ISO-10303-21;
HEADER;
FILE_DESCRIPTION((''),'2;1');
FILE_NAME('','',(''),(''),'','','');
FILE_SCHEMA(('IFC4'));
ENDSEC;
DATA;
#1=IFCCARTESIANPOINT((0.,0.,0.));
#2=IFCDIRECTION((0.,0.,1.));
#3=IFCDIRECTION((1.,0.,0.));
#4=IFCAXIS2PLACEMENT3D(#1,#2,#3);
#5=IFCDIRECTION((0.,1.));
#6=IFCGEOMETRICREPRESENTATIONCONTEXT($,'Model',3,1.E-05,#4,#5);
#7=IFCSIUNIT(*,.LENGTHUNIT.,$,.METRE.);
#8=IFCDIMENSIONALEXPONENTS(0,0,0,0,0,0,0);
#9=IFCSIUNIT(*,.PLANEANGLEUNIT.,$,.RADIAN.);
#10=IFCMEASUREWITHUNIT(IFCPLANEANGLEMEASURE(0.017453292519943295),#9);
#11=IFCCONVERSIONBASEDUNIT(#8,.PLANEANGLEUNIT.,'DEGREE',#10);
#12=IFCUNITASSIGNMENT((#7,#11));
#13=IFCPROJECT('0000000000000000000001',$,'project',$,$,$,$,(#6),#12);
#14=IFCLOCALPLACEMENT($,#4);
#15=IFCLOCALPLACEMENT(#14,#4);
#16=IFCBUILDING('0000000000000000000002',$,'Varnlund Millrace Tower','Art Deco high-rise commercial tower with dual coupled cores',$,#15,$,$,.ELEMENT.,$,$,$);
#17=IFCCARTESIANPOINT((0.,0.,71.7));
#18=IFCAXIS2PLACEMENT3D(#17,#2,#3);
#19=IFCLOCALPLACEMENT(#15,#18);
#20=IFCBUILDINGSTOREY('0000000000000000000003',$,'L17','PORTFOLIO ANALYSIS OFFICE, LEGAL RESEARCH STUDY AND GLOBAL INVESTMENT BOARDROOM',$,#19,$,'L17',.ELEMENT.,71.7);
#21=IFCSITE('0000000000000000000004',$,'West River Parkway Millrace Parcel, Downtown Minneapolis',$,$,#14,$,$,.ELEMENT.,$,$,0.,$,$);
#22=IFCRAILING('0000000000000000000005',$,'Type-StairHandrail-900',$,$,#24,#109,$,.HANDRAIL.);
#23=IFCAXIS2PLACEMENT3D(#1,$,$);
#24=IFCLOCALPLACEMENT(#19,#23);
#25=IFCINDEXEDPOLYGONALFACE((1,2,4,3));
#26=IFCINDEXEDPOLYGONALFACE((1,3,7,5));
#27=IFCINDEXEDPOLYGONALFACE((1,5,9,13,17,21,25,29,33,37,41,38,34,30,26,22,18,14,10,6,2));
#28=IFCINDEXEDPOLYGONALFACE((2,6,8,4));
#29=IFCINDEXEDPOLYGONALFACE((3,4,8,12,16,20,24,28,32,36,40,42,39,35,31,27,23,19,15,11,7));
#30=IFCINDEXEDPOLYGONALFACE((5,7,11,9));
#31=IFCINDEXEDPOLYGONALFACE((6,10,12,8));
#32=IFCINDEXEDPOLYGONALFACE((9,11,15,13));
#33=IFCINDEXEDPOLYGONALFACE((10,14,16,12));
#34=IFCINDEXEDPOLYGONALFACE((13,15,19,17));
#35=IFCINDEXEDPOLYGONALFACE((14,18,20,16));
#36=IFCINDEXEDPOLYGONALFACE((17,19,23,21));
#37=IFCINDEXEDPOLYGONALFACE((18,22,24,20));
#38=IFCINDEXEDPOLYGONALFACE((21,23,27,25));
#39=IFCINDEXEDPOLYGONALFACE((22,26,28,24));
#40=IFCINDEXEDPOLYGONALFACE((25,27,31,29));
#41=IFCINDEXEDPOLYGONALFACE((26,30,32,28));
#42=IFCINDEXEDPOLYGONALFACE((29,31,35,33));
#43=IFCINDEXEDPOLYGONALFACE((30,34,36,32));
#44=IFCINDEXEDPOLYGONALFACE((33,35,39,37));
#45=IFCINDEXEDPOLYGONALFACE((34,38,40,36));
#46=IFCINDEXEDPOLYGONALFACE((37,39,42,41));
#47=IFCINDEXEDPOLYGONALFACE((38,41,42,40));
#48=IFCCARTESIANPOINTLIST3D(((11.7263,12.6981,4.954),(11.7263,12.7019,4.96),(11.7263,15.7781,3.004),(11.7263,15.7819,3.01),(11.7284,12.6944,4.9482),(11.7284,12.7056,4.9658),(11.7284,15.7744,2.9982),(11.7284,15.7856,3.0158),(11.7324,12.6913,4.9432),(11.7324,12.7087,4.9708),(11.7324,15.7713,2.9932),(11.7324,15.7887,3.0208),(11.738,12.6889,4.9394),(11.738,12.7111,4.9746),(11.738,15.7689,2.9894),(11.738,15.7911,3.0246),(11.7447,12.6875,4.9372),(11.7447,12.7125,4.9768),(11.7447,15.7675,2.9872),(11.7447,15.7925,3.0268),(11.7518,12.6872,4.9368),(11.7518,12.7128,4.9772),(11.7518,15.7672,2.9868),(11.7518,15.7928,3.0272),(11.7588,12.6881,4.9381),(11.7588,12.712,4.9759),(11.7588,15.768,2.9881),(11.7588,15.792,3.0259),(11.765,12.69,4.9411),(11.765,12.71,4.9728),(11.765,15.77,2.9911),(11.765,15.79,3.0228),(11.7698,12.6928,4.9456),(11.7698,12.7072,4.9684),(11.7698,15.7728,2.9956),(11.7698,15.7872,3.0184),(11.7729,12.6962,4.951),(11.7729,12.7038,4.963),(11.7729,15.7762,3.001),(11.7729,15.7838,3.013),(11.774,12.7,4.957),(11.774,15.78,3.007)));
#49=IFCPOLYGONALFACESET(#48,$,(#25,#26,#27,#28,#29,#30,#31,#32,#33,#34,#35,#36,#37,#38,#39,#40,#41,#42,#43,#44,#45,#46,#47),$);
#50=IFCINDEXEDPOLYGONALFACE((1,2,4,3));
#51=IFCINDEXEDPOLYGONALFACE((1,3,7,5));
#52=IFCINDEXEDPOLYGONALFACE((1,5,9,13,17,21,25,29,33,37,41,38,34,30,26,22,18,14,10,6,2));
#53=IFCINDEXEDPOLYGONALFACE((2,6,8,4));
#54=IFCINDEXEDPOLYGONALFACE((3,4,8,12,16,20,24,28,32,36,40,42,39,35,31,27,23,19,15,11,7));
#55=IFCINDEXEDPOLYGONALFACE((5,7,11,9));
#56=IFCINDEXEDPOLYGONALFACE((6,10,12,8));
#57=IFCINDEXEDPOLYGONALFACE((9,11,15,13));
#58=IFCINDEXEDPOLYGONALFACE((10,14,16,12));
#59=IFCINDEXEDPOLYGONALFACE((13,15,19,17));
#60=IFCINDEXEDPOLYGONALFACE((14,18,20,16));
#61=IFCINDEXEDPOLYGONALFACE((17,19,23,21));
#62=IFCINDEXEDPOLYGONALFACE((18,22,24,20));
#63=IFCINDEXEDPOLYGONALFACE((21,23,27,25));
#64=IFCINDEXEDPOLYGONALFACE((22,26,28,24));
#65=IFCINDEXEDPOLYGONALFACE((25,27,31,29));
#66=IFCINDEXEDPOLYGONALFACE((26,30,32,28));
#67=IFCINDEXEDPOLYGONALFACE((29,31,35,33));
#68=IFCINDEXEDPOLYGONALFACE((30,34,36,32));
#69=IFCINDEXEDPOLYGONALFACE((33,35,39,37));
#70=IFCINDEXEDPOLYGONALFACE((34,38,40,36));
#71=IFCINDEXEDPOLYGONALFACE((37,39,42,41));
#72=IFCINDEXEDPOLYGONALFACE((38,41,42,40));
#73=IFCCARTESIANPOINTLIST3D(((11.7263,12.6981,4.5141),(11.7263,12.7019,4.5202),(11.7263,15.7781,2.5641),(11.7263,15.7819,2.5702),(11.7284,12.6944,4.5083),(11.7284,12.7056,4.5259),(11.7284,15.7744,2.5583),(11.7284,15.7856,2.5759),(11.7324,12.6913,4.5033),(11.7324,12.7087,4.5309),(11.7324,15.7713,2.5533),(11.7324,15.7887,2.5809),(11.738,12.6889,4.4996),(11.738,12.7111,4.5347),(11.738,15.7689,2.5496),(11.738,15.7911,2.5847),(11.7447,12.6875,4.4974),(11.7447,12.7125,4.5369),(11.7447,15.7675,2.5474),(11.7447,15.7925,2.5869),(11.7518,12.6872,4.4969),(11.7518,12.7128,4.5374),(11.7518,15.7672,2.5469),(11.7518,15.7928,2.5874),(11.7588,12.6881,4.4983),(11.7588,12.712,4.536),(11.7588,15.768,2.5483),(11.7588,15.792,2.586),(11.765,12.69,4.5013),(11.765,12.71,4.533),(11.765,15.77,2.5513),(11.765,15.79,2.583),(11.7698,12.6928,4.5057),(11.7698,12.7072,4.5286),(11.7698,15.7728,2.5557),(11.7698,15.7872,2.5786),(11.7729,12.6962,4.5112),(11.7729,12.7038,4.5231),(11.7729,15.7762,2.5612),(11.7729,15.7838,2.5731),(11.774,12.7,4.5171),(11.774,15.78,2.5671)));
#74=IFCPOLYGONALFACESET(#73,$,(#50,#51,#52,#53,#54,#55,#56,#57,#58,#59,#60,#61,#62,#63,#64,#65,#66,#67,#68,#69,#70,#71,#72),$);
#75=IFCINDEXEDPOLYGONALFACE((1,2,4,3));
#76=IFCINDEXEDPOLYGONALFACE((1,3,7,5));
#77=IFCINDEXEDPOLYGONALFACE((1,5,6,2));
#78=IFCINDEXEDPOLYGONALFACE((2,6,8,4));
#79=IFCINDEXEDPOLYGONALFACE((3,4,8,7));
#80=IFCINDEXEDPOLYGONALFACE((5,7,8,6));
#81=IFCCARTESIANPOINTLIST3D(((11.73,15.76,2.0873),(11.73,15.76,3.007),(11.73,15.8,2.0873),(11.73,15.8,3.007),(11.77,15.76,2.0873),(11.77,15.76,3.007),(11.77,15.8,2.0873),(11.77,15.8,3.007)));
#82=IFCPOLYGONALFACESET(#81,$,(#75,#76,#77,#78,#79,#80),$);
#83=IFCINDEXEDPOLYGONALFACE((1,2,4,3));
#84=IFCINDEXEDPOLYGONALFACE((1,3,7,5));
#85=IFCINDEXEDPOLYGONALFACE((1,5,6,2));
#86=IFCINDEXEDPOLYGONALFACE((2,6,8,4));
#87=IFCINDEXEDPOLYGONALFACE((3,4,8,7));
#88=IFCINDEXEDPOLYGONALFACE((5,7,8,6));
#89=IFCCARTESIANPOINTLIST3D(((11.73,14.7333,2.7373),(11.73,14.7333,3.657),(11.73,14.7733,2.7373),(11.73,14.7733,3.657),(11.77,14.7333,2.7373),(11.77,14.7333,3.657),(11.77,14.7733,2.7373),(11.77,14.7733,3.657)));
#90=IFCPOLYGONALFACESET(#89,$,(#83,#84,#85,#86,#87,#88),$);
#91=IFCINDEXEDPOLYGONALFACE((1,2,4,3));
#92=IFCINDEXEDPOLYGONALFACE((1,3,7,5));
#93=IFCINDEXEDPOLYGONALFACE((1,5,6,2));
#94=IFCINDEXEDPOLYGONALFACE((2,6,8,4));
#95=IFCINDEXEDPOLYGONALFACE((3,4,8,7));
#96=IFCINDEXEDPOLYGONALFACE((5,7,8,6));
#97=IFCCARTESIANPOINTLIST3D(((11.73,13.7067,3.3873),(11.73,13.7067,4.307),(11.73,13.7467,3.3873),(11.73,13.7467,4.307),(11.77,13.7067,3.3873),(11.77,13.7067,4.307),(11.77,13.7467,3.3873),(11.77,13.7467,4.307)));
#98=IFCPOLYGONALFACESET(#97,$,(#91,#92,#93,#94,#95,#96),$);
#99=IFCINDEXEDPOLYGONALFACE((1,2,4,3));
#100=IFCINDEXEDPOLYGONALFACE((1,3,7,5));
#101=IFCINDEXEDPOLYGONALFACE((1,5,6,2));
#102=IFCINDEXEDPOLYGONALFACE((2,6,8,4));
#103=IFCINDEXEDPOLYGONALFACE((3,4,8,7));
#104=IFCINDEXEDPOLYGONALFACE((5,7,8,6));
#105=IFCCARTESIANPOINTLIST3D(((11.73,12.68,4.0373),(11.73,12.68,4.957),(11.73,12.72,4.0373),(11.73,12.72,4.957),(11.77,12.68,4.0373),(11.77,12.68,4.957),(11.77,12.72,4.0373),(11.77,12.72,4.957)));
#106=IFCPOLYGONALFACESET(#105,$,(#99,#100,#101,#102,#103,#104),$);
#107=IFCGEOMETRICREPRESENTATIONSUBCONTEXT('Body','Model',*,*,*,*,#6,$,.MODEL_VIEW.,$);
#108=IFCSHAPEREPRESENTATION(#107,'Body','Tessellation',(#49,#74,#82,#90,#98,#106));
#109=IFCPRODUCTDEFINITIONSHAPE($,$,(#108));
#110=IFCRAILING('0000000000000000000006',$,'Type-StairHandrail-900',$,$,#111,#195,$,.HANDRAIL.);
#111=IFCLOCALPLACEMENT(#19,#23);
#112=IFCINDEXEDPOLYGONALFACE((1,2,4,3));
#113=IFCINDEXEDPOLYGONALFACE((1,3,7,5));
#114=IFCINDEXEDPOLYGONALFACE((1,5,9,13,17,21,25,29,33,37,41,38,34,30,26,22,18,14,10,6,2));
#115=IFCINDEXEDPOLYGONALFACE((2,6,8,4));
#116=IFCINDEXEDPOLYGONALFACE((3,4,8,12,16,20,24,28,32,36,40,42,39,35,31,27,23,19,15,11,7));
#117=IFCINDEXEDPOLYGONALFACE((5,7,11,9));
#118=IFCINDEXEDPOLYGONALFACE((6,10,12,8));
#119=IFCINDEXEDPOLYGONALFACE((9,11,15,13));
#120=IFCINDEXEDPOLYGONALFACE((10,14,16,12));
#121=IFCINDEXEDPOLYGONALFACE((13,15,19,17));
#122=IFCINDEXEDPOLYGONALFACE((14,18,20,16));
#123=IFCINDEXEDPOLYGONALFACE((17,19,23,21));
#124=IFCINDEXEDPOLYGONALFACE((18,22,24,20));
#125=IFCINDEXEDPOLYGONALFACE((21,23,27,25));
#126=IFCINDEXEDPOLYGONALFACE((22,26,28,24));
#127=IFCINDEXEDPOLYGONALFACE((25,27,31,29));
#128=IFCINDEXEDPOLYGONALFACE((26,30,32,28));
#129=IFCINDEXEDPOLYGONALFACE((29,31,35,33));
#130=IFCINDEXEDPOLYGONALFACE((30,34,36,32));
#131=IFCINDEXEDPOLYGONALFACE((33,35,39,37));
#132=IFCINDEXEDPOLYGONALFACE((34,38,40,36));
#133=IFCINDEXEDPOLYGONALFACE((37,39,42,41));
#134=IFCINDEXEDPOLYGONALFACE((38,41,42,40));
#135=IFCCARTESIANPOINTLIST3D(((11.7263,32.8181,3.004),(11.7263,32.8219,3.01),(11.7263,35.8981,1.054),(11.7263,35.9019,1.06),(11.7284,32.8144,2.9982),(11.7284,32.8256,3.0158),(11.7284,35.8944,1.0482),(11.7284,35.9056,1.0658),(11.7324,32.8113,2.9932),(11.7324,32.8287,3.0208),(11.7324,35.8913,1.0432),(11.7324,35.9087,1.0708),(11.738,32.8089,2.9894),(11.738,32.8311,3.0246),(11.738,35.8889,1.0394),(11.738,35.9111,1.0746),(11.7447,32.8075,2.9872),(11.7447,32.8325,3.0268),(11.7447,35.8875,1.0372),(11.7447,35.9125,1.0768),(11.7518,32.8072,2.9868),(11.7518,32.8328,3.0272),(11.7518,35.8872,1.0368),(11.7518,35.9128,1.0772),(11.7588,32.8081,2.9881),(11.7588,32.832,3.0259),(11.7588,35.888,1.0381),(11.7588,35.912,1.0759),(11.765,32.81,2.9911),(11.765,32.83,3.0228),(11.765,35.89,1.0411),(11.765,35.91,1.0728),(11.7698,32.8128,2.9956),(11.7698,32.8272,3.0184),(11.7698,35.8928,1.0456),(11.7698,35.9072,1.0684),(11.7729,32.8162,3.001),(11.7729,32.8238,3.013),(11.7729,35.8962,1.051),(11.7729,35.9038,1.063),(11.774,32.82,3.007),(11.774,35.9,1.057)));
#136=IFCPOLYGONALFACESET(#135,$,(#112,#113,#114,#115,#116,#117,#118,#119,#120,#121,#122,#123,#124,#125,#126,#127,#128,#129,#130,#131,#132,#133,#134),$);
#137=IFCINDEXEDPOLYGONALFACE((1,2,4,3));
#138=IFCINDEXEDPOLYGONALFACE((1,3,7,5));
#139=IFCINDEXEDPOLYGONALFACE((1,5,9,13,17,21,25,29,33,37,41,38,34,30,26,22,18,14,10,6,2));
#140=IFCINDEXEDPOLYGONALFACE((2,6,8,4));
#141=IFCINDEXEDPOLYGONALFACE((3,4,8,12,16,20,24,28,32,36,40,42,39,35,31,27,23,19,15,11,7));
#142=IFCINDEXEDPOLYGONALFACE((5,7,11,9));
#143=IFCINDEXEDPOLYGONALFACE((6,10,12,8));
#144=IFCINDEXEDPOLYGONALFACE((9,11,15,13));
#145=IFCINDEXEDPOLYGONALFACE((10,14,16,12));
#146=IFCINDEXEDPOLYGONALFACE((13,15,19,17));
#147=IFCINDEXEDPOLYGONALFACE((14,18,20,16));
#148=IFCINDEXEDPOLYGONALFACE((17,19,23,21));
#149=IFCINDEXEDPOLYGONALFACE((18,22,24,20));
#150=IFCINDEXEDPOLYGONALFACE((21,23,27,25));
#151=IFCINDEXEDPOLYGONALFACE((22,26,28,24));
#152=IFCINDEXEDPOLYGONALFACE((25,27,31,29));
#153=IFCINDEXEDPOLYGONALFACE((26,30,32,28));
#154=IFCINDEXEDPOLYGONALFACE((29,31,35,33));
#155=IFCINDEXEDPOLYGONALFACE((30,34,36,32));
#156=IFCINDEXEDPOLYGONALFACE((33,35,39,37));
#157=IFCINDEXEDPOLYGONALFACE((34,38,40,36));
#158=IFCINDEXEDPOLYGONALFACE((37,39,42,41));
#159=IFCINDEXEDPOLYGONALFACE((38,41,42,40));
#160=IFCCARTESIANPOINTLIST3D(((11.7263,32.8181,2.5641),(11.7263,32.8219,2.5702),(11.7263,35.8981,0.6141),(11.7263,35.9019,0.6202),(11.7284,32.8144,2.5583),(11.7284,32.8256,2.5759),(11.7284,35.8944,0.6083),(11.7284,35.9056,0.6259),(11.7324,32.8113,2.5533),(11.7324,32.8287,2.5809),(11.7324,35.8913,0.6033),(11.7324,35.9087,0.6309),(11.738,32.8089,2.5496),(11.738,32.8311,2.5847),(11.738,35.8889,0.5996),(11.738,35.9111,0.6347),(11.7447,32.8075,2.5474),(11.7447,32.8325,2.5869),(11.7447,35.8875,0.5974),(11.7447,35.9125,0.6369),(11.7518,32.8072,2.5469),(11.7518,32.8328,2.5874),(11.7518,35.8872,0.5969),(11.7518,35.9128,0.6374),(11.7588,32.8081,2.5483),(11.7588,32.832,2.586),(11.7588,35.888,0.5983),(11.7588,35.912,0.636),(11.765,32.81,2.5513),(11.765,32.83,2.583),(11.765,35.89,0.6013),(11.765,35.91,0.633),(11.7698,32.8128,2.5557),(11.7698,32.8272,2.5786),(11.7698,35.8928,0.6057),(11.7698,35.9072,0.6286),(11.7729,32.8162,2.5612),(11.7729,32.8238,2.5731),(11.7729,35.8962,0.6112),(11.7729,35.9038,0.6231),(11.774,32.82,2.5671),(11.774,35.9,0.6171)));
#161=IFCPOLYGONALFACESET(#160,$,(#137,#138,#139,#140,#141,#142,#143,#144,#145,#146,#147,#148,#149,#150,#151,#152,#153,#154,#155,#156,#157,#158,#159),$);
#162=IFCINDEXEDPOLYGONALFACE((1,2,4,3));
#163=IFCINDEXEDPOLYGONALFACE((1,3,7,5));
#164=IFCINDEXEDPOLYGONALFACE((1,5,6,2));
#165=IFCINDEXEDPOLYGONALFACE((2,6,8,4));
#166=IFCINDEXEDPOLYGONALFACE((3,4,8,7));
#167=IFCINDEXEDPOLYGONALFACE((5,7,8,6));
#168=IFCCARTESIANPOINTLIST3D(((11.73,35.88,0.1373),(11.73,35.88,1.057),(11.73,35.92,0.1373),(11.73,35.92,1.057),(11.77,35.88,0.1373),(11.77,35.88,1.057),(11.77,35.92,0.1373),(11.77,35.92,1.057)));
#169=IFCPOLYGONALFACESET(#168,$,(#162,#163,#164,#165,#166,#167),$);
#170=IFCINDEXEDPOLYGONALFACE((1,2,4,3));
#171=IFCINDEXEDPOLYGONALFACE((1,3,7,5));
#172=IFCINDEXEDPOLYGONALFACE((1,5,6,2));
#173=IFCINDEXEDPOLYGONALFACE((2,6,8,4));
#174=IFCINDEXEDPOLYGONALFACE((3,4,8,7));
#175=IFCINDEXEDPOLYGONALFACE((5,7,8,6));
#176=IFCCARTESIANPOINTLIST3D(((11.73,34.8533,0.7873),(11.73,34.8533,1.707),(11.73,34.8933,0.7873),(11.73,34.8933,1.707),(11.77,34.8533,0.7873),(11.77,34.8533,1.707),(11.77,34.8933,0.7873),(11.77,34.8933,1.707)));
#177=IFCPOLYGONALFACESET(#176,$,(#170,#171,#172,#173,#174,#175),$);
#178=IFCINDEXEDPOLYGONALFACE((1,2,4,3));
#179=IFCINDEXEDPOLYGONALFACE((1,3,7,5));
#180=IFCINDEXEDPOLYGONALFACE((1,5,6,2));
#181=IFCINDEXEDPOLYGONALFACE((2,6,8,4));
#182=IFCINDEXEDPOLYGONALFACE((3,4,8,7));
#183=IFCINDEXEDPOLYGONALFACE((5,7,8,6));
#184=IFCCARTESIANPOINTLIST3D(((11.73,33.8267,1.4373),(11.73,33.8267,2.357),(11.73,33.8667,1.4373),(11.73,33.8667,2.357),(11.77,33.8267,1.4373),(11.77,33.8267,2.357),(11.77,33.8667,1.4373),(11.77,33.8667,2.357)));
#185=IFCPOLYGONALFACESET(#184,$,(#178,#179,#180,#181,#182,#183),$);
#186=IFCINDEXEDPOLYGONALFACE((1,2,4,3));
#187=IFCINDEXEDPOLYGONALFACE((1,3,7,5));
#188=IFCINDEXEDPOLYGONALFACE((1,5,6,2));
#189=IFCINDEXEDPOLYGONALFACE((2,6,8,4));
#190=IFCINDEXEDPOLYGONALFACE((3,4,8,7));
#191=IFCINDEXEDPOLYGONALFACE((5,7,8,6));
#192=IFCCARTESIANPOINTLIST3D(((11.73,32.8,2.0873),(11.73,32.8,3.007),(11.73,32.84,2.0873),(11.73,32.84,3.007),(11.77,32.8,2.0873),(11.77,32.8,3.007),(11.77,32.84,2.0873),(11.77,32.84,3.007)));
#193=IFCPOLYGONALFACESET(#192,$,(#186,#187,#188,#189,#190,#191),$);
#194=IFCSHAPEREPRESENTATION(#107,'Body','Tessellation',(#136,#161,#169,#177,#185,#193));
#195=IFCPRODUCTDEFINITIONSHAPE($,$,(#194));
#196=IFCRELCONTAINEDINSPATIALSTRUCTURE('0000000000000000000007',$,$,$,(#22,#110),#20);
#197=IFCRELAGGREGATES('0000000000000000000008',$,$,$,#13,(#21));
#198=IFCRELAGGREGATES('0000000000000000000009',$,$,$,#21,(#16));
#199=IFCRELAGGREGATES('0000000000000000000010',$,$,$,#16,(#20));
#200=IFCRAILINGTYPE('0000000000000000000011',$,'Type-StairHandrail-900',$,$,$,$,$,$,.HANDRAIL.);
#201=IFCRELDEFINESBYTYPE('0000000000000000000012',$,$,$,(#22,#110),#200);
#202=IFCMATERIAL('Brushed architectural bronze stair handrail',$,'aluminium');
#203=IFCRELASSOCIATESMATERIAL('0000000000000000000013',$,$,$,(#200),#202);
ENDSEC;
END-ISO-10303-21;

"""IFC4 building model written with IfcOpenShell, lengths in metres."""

from ifc_helpers import new_model, entity, si_unit, converted_unit, direction, frame, origin_with_axes, origin_2d_with_axis, place, context, subcontext, project, spatial, rectangle, circle, extrude, material, type_object, element, save


model = new_model("IFC4")

# Units and contexts
model_context = context("Model", 3, precision=1e-05, world=origin_with_axes(), true_north=direction((0.0, 1.0)))
body_context = subcontext(model_context, "Body", "Model", "MODEL_VIEW")
ifc_project = project(units=[si_unit("LENGTHUNIT", "METRE"), converted_unit("PLANEANGLEUNIT", "DEGREE", entity("IfcPlaneAngleMeasure", 0.017453292519943295), si_unit("PLANEANGLEUNIT", "RADIAN"), dimensions=[0, 0, 0, 0, 0, 0, 0])], contexts=[model_context])

# Site, building, storey
site_placement = place(None, origin_with_axes())
site = spatial("IfcSite", under=ifc_project, at=site_placement, Name="West River Parkway Millrace Parcel, Downtown Minneapolis", CompositionType="ELEMENT", RefElevation=0.0)
building_placement = place(site_placement, origin_with_axes())
building = spatial("IfcBuilding", under=site, at=building_placement, Name="Varnlund Millrace Tower", Description="Art Deco high-rise commercial tower with dual coupled cores", CompositionType="ELEMENT")
storey_placement = place(building_placement, frame((0.0, 0.0, 71.7), z_axis=(0.0, 0.0, 1.0), x_axis=(1.0, 0.0, 0.0)))
storey = spatial("IfcBuildingStorey", under=building, at=storey_placement, Name="L17", Description="PORTFOLIO ANALYSIS OFFICE, LEGAL RESEARCH STUDY AND GLOBAL INVESTMENT BOARDROOM", LongName="L17", CompositionType="ELEMENT", Elevation=71.7)

# Railings
ifc_material_1 = material(Name="Brushed architectural bronze stair handrail", Category="aluminium")
railing_type_1 = type_object("IfcRailingType", Name="Type-StairHandrail-900", PredefinedType="HANDRAIL", material=ifc_material_1)
railing_1_placement = place(storey_placement, frame((0.0, 0.0, -71.7), z_axis=(0.0, 0.0, 1.0), x_axis=(1.0, 0.0, 0.0)))
element("IfcRailing", 1, at=railing_1_placement, inside=storey, type_object=railing_type_1, Name="Type-StairHandrail-900", PredefinedType="HANDRAIL", context=body_context, shape_type="SweptSolid", body=[
    extrude(circle(Radius=0.024, at=origin_2d_with_axis()), frame((11.75, 15.78, 74.707), z_axis=(0.0, -0.844902, 0.534922), x_axis=(1.0, 0.0, 0.0)), (0.0, 0.0, 1.0), 3.6454),
    extrude(circle(Radius=0.024, at=origin_2d_with_axis()), frame((11.75, 15.78, 74.2671), z_axis=(0.0, -0.844902, 0.534922), x_axis=(1.0, 0.0, 0.0)), (0.0, 0.0, 1.0), 3.6454),
    extrude(rectangle(XDim=0.04, YDim=0.04, at=origin_2d_with_axis()), frame((11.75, 15.78, 73.7873), z_axis=(0.0, 0.0, 1.0), x_axis=(1.0, 0.0, 0.0)), (0.0, 0.0, 1.0), 0.9197),
    extrude(rectangle(XDim=0.04, YDim=0.04, at=origin_2d_with_axis()), frame((11.75, 14.7533, 74.4373), z_axis=(0.0, 0.0, 1.0), x_axis=(1.0, 0.0, 0.0)), (0.0, 0.0, 1.0), 0.9197),
    extrude(rectangle(XDim=0.04, YDim=0.04, at=origin_2d_with_axis()), frame((11.75, 13.7267, 75.0873), z_axis=(0.0, 0.0, 1.0), x_axis=(1.0, 0.0, 0.0)), (0.0, 0.0, 1.0), 0.9197),
    extrude(rectangle(XDim=0.04, YDim=0.04, at=origin_2d_with_axis()), frame((11.75, 12.7, 75.7373), z_axis=(0.0, 0.0, 1.0), x_axis=(1.0, 0.0, 0.0)), (0.0, 0.0, 1.0), 0.9197),
])
railing_2_placement = place(storey_placement, frame((0.0, 0.0, -71.7), z_axis=(0.0, 0.0, 1.0), x_axis=(1.0, 0.0, 0.0)))
element("IfcRailing", 2, at=railing_2_placement, inside=storey, type_object=railing_type_1, Name="Type-StairHandrail-900", PredefinedType="HANDRAIL", context=body_context, shape_type="SweptSolid", body=[
    extrude(circle(Radius=0.024, at=origin_2d_with_axis()), frame((11.75, 35.9, 72.757), z_axis=(0.0, -0.844902, 0.534922), x_axis=(1.0, 0.0, 0.0)), (0.0, 0.0, 1.0), 3.6454),
    extrude(circle(Radius=0.024, at=origin_2d_with_axis()), frame((11.75, 35.9, 72.3171), z_axis=(0.0, -0.844902, 0.534922), x_axis=(1.0, 0.0, 0.0)), (0.0, 0.0, 1.0), 3.6454),
    extrude(rectangle(XDim=0.04, YDim=0.04, at=origin_2d_with_axis()), frame((11.75, 35.9, 71.8373), z_axis=(0.0, 0.0, 1.0), x_axis=(1.0, 0.0, 0.0)), (0.0, 0.0, 1.0), 0.9197),
    extrude(rectangle(XDim=0.04, YDim=0.04, at=origin_2d_with_axis()), frame((11.75, 34.8733, 72.4873), z_axis=(0.0, 0.0, 1.0), x_axis=(1.0, 0.0, 0.0)), (0.0, 0.0, 1.0), 0.9197),
    extrude(rectangle(XDim=0.04, YDim=0.04, at=origin_2d_with_axis()), frame((11.75, 33.8467, 73.1373), z_axis=(0.0, 0.0, 1.0), x_axis=(1.0, 0.0, 0.0)), (0.0, 0.0, 1.0), 0.9197),
    extrude(rectangle(XDim=0.04, YDim=0.04, at=origin_2d_with_axis()), frame((11.75, 32.82, 73.7873), z_axis=(0.0, 0.0, 1.0), x_axis=(1.0, 0.0, 0.0)), (0.0, 0.0, 1.0), 0.9197),
])

save(model, "model.ifc")
